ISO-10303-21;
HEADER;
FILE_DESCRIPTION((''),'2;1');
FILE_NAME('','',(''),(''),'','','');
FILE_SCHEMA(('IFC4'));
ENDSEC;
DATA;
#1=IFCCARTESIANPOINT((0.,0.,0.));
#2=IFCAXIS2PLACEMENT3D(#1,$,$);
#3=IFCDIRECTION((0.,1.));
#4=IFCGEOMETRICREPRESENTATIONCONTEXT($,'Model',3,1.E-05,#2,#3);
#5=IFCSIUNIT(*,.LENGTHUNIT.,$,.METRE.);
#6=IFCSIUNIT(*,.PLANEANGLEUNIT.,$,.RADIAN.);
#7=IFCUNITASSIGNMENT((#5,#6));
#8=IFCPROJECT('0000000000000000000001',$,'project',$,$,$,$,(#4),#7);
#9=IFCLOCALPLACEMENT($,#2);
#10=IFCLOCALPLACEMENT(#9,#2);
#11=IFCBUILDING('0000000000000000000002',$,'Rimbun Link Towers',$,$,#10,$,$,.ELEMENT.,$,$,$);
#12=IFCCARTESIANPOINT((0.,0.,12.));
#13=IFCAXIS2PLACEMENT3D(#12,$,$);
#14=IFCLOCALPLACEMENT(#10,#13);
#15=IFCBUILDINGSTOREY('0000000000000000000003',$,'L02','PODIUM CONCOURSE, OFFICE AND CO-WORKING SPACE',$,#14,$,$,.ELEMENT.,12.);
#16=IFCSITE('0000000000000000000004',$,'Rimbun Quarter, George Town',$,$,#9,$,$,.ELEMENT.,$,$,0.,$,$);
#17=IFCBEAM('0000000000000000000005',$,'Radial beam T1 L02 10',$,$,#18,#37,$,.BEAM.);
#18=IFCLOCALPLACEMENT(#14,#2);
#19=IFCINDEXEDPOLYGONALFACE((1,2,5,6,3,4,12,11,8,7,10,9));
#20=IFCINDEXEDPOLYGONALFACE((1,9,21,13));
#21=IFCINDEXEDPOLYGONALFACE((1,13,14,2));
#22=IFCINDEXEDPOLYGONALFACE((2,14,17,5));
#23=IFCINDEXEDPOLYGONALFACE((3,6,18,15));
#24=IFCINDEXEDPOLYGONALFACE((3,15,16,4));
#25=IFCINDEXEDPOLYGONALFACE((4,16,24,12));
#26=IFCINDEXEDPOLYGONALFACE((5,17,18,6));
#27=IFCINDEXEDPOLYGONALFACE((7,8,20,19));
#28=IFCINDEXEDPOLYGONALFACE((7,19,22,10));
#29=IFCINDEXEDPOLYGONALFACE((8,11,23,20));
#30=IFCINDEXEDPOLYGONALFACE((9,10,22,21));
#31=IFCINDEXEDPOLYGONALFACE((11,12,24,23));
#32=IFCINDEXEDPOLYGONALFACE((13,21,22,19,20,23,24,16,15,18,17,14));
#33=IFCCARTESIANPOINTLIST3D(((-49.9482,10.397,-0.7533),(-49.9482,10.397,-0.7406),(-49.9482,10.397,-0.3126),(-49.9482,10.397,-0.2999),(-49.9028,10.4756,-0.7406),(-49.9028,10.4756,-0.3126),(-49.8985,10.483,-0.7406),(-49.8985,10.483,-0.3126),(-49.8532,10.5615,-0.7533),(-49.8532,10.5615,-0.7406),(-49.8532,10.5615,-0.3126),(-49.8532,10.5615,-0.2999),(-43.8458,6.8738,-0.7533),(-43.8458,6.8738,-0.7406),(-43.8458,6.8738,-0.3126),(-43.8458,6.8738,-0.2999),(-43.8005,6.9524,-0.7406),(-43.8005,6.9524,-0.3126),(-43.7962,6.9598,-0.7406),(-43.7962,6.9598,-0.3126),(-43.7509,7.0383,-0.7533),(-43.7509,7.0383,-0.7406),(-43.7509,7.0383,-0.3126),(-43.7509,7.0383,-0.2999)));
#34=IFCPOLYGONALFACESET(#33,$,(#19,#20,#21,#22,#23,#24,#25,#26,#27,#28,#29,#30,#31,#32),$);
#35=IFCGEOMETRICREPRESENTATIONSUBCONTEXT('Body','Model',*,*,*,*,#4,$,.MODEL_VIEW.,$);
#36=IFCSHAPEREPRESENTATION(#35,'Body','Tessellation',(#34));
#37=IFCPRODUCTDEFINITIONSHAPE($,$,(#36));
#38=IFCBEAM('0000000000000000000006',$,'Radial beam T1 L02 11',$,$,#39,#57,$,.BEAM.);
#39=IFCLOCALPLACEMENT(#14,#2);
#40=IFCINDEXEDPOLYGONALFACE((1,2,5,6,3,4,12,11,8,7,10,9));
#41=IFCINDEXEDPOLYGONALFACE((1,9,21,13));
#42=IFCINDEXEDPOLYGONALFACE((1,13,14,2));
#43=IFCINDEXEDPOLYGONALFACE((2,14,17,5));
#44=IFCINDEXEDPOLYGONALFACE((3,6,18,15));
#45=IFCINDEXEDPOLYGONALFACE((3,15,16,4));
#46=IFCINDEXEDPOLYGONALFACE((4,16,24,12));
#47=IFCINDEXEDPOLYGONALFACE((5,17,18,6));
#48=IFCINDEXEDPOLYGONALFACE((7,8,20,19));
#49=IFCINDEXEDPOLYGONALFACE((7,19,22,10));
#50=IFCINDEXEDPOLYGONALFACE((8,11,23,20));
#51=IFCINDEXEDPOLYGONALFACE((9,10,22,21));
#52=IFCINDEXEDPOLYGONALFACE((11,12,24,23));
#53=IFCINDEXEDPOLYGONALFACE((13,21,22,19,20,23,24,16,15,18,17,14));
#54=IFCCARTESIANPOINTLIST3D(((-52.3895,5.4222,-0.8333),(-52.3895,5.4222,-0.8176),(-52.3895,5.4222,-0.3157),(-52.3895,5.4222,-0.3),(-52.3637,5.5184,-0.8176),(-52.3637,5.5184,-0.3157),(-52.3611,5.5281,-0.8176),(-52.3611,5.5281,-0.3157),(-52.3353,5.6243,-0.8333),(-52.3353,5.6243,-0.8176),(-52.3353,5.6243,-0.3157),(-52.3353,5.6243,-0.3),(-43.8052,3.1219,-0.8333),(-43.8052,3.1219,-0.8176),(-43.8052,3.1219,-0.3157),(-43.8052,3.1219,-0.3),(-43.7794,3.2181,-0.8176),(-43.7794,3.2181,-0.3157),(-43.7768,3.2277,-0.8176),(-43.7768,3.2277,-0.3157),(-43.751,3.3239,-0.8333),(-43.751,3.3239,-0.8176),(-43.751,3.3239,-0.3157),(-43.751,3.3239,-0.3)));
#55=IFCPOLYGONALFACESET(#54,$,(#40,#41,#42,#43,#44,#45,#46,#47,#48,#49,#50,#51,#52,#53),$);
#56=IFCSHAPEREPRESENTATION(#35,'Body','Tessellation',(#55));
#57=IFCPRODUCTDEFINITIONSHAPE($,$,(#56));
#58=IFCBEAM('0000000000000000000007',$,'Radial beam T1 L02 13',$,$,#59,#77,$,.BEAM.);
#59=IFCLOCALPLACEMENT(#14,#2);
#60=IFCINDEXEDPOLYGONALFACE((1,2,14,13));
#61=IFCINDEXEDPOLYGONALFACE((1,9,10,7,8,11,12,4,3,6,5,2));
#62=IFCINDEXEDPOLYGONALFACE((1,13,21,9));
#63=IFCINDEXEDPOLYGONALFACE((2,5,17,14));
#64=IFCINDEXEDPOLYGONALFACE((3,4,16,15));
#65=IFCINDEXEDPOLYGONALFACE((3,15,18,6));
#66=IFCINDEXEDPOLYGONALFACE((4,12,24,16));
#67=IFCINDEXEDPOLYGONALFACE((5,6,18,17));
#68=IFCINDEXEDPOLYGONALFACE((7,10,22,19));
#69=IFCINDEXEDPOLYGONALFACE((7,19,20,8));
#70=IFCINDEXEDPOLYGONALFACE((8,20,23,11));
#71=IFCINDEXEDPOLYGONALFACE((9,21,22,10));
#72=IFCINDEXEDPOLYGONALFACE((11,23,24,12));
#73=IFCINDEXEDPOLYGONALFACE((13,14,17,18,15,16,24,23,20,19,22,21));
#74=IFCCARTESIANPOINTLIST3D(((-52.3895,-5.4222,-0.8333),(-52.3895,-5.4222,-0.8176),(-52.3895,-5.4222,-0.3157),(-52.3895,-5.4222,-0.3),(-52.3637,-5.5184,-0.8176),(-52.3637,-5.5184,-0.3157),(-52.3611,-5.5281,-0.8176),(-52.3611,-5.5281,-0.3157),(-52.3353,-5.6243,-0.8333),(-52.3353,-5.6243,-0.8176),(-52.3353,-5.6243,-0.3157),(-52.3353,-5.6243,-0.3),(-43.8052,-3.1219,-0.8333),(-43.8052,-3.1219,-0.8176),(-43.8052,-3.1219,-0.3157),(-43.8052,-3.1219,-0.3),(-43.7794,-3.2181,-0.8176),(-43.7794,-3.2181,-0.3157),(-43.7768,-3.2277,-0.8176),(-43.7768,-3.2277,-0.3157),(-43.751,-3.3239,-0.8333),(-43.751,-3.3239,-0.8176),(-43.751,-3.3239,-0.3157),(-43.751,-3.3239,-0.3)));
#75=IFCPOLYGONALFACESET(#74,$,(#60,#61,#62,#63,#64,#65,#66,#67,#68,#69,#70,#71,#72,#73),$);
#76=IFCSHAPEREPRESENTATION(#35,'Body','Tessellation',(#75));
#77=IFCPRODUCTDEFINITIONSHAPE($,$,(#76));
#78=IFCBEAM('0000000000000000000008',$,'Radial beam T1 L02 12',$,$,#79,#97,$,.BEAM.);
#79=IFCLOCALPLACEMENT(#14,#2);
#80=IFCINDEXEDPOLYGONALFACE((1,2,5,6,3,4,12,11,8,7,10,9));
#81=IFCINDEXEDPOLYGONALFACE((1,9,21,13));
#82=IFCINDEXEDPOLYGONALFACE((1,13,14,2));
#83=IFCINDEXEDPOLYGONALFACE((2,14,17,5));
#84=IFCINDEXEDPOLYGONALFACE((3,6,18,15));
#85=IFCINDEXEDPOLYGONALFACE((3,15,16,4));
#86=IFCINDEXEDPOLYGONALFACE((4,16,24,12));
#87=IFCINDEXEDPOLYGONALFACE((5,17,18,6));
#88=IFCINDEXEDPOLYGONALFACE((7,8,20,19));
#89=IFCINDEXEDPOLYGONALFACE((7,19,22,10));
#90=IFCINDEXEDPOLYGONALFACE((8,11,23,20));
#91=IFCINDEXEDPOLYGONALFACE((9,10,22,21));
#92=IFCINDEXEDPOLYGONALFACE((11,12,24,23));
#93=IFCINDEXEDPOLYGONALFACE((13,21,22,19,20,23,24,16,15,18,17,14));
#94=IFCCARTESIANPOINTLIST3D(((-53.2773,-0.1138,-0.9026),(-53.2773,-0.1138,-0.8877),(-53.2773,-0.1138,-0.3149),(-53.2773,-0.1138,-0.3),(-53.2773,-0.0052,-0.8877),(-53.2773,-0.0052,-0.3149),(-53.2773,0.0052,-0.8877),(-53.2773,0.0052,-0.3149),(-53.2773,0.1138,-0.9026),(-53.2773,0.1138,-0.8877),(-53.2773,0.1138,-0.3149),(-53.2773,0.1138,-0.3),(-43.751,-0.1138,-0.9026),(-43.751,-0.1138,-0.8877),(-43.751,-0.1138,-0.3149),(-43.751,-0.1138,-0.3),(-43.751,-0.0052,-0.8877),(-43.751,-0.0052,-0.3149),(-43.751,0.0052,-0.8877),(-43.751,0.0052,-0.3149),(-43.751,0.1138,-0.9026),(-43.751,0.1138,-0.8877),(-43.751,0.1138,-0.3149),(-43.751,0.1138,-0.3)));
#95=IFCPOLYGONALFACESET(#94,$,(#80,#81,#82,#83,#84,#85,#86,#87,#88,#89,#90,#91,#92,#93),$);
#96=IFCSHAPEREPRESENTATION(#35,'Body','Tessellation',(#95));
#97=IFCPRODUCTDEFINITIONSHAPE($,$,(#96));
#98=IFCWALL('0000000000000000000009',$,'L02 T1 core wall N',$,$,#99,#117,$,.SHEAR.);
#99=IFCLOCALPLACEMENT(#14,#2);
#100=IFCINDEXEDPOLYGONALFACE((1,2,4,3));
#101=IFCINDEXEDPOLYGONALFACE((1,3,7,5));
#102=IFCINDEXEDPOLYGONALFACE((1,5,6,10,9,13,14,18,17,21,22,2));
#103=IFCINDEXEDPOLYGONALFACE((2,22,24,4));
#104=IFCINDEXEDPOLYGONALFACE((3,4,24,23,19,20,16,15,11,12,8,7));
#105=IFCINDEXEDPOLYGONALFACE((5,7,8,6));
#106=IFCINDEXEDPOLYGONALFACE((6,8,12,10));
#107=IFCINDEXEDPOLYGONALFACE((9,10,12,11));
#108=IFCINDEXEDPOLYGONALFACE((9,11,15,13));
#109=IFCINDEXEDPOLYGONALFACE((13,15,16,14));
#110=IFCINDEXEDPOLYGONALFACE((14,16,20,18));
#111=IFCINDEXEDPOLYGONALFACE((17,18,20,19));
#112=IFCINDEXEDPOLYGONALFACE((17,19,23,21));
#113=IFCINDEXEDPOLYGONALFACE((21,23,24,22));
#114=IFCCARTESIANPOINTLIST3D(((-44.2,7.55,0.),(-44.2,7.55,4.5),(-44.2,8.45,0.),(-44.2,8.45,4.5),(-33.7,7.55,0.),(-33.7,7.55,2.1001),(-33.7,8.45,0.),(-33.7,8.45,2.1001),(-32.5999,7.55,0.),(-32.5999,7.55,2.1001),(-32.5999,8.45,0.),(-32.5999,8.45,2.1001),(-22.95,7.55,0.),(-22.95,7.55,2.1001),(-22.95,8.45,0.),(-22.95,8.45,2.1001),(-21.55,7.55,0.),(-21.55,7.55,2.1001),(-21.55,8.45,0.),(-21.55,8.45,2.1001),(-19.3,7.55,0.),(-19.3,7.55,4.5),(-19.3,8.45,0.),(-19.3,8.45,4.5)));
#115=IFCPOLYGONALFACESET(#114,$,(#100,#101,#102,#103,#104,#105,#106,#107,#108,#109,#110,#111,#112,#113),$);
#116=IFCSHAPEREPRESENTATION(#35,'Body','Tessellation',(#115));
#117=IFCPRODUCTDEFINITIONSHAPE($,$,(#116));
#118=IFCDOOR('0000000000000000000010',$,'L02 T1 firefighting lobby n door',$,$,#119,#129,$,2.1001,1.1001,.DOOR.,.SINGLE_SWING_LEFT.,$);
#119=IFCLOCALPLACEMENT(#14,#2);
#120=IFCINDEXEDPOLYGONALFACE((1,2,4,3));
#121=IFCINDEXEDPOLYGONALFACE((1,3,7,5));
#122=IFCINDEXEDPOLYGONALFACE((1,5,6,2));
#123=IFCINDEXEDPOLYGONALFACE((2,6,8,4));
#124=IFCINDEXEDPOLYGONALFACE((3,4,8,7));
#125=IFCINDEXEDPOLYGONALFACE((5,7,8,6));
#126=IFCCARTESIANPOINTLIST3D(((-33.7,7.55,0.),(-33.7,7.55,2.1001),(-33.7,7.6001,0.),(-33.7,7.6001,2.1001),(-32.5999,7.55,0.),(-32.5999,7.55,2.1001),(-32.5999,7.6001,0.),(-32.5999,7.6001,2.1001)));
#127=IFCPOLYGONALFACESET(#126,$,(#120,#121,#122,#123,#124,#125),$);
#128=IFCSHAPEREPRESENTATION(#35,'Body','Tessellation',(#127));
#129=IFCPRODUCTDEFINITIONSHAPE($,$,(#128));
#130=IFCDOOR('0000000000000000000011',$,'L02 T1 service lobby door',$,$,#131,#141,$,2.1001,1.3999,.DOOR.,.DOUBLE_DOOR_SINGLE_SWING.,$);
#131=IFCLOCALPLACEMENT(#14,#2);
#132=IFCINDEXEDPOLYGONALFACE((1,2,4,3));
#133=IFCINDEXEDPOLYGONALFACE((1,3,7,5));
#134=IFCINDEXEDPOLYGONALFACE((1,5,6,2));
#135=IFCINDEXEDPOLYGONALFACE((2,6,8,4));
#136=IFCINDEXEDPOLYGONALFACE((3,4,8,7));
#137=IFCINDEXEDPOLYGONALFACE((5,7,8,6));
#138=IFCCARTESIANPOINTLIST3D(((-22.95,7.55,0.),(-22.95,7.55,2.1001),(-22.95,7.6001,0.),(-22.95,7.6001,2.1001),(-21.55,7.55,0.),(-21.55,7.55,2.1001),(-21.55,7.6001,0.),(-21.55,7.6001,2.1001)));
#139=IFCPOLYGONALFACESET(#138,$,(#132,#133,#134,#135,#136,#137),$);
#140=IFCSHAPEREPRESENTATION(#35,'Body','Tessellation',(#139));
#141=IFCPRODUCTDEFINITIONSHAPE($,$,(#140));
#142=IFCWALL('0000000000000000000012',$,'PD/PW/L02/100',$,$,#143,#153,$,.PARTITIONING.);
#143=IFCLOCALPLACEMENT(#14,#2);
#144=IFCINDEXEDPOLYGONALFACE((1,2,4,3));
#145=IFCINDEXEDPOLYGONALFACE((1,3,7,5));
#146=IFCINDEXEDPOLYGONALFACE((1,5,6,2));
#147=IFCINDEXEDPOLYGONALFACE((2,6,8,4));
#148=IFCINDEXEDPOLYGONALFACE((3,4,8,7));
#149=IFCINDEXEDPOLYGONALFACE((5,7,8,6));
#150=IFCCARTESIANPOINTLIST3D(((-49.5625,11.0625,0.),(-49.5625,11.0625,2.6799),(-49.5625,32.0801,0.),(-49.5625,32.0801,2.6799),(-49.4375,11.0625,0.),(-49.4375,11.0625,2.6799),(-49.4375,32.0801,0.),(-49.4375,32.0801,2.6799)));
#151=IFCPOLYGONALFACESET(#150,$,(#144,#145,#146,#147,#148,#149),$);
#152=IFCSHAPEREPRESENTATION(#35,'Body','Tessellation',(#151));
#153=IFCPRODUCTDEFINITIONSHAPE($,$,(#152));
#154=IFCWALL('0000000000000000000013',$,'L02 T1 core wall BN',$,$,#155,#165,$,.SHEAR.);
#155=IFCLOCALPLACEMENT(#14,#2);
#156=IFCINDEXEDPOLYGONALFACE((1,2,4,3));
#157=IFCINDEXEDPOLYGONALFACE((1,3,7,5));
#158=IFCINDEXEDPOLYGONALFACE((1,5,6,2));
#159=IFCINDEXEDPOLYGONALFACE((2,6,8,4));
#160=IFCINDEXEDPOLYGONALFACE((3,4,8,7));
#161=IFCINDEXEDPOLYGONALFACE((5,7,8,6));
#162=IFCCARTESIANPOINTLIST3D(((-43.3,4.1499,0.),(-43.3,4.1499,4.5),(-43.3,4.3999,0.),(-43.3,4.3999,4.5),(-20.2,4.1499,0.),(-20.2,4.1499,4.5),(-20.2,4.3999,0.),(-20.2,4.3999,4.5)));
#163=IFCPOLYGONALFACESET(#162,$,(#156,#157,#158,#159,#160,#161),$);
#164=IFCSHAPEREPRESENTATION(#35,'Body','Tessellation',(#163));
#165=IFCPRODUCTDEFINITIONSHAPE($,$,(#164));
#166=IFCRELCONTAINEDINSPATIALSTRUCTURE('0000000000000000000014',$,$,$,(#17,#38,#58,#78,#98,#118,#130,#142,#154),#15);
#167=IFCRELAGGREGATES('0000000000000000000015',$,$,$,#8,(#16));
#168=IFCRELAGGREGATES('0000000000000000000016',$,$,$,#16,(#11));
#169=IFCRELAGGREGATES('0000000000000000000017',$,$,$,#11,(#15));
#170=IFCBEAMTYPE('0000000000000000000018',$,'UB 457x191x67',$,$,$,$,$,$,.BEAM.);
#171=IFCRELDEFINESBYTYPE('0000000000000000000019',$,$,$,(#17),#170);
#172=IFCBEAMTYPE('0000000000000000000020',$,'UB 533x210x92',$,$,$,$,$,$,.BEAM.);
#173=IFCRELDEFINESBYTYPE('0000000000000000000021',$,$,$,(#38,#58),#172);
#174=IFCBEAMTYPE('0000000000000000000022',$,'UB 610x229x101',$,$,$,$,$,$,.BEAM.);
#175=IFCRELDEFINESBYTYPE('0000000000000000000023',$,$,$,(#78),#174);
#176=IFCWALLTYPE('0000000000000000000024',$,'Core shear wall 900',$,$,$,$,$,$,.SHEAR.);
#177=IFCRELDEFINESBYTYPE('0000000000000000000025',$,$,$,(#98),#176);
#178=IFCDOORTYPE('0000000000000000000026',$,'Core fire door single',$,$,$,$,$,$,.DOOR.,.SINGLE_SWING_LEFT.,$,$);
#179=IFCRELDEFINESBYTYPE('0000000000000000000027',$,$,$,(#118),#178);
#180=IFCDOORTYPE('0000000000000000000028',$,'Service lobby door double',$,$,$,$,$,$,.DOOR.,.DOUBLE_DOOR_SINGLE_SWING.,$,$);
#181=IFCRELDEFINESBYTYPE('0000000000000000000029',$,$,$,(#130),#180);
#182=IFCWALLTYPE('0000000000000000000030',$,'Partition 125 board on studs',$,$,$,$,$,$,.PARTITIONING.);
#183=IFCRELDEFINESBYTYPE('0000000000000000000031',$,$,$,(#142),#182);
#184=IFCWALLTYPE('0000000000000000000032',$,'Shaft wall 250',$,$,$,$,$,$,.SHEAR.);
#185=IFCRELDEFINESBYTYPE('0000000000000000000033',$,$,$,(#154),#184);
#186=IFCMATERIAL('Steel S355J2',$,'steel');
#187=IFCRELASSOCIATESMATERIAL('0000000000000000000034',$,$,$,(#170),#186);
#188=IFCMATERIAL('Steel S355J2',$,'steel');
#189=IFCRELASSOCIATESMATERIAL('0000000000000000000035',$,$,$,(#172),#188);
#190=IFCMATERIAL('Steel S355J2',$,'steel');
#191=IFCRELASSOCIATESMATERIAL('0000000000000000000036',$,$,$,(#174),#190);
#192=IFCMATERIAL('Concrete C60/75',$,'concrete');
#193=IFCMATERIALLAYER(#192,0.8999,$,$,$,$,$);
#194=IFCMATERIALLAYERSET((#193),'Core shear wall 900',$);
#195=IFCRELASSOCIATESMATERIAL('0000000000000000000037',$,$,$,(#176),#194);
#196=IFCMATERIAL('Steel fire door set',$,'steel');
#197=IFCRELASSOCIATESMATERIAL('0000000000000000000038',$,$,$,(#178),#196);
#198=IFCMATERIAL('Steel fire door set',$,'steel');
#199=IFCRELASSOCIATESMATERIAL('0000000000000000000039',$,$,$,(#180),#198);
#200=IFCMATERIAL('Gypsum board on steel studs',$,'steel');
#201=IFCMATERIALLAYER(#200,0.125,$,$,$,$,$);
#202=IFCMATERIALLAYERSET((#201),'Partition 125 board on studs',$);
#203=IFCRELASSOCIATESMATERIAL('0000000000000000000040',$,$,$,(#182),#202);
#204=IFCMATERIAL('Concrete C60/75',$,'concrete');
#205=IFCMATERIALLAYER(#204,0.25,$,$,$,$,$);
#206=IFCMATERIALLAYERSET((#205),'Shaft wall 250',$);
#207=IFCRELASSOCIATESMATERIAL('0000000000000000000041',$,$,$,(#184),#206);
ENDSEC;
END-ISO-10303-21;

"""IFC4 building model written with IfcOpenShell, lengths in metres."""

from ifc_helpers import new_model, si_unit, direction, frame, frame_2d, origin, origin_2d, place, context, subcontext, project, spatial, rectangle, i_section, extrude, material, layer, layer_set, material_profile, profile_set, type_object, element, fill, save


model = new_model("IFC4")

# Units and contexts
model_context = context("Model", 3, precision=1e-05, world=origin(), true_north=direction((0.0, 1.0)))
body_context = subcontext(model_context, "Body", "Model", "MODEL_VIEW")
ifc_project = project(units=[si_unit("LENGTHUNIT", "METRE"), si_unit("PLANEANGLEUNIT", "RADIAN")], contexts=[model_context])

# Site, building, storey
site_placement = place(None, origin())
site = spatial("IfcSite", under=ifc_project, at=site_placement, Name="Rimbun Quarter, George Town", CompositionType="ELEMENT", RefElevation=0.0)
building_placement = place(site_placement, origin())
building = spatial("IfcBuilding", under=site, at=building_placement, Name="Rimbun Link Towers", CompositionType="ELEMENT")
storey_placement = place(building_placement, frame((0.0, 0.0, 12.0)))
storey = spatial("IfcBuildingStorey", under=building, at=storey_placement, Name="L02", Description="PODIUM CONCOURSE, OFFICE AND CO-WORKING SPACE", CompositionType="ELEMENT", Elevation=12.0)

# Beams
ifc_material_1 = material(Name="Steel S355J2", Category="steel")
ifc_material_profile_1 = material_profile(ifc_material_1, i_section(OverallWidth=0.1899, OverallDepth=0.4534, WebThickness=0.0085, FlangeThickness=0.0127, at=origin_2d()), Name="UB 457x191x67")
ifc_profile_set_1 = profile_set([ifc_material_profile_1], Name="Steel S355J2")
beam_type_1 = type_object("IfcBeamType", Name="UB 457x191x67", PredefinedType="BEAM", material=ifc_profile_set_1)
beam_1_placement = place(storey_placement, frame((-43.7983, 6.9561, -0.5266), z_axis=(-0.866023, 0.500003, 0.0), x_axis=(-0.500003, -0.866023, 0.0)))
element("IfcBeam", 1, at=beam_1_placement, inside=storey, type_object=beam_type_1, Name="Radial beam T1 L02 10", PredefinedType="BEAM", context=body_context, shape_type="SweptSolid", body=[
    extrude(i_section(OverallWidth=0.1899, OverallDepth=0.4534, WebThickness=0.0085, FlangeThickness=0.0127, at=origin_2d()), origin(), (0.0, 0.0, 1.0), 7.0464),
])
ifc_material_2 = material(Name="Steel S355J2", Category="steel")
ifc_material_profile_2 = material_profile(ifc_material_2, i_section(OverallWidth=0.2092, OverallDepth=0.5332, WebThickness=0.01, FlangeThickness=0.0156, at=origin_2d()), Name="UB 533x210x92")
ifc_profile_set_2 = profile_set([ifc_material_profile_2], Name="Steel S355J2")
beam_type_2 = type_object("IfcBeamType", Name="UB 533x210x92", PredefinedType="BEAM", material=ifc_profile_set_2)
for number, where, z_axis, x_axis, name in (
    (2, (-43.7781, 3.2229, -0.5667), (-0.965921, 0.258835, 0.0), (-0.258835, -0.965921, 0.0), "Radial beam T1 L02 11"),
    (3, (-43.7781, -3.2229, -0.5667), (-0.965921, -0.258835, 0.0), (0.258835, -0.965921, 0.0), "Radial beam T1 L02 13"),
):
    element("IfcBeam", number, at=place(storey_placement, frame(where, z_axis=z_axis, x_axis=x_axis)), inside=storey, type_object=beam_type_2, Name=name, PredefinedType="BEAM", context=body_context, shape_type="SweptSolid", body=[
        extrude(i_section(OverallWidth=0.2092, OverallDepth=0.5332, WebThickness=0.01, FlangeThickness=0.0156, at=origin_2d()), origin(), (0.0, 0.0, 1.0), 8.8872),
    ])
ifc_material_3 = material(Name="Steel S355J2", Category="steel")
ifc_material_profile_3 = material_profile(ifc_material_3, i_section(OverallWidth=0.2275, OverallDepth=0.6025, WebThickness=0.0105, FlangeThickness=0.0149, at=origin_2d()), Name="UB 610x229x101")
ifc_profile_set_3 = profile_set([ifc_material_profile_3], Name="Steel S355J2")
beam_type_3 = type_object("IfcBeamType", Name="UB 610x229x101", PredefinedType="BEAM", material=ifc_profile_set_3)
beam_2_placement = place(storey_placement, frame((-43.751, 0.0, -0.6013), z_axis=(-1.0, 0.0, 0.0), x_axis=(0.0, -1.0, 0.0)))
element("IfcBeam", 4, at=beam_2_placement, inside=storey, type_object=beam_type_3, Name="Radial beam T1 L02 12", PredefinedType="BEAM", context=body_context, shape_type="SweptSolid", body=[
    extrude(i_section(OverallWidth=0.2275, OverallDepth=0.6025, WebThickness=0.0105, FlangeThickness=0.0149, at=origin_2d()), origin(), (0.0, 0.0, 1.0), 9.5264),
])

# Wall, openings, doors
ifc_material_4 = material(Name="Concrete C60/75", Category="concrete")
ifc_layer_1 = layer(ifc_material_4, 0.8999)
ifc_layer_set_1 = layer_set([ifc_layer_1], Name="Core shear wall 900")
wall_type_1 = type_object("IfcWallType", Name="Core shear wall 900", PredefinedType="SHEAR", material=ifc_layer_set_1)
wall_1_placement = place(storey_placement, frame((-44.2, 8.0, 0.0), z_axis=(0.0, 0.0, 1.0), x_axis=(1.0, 0.0, 0.0)))
wall_1 = element("IfcWall", 5, at=wall_1_placement, inside=storey, type_object=wall_type_1, Name="L02 T1 core wall N", PredefinedType="SHEAR", context=body_context, shape_type="SweptSolid", body=[
    extrude(rectangle(XDim=24.8999, YDim=0.8999, at=frame_2d((12.45, 0.0))), origin(), (0.0, 0.0, 1.0), 4.5),
])
opening_1_placement = place(wall_1_placement, frame((10.5, 0.0, 0.0)))
opening_1 = element("IfcOpeningElement", 6, at=opening_1_placement, cuts=wall_1, PredefinedType="OPENING", context=body_context, shape_type="SweptSolid", body=[
    extrude(rectangle(XDim=1.1001, YDim=2.1001, at=frame_2d((0.55, 1.05))), frame((0.0, 0.46, 0.0), z_axis=(0.0, -1.0, 0.0), x_axis=(1.0, 0.0, 0.0)), (0.0, 0.0, 1.0), 0.9199),
])
opening_2_placement = place(wall_1_placement, frame((21.25, 0.0, 0.0)))
opening_2 = element("IfcOpeningElement", 7, at=opening_2_placement, cuts=wall_1, PredefinedType="OPENING", context=body_context, shape_type="SweptSolid", body=[
    extrude(rectangle(XDim=1.3999, YDim=2.1001, at=frame_2d((0.7, 1.05))), frame((0.0, 0.46, 0.0), z_axis=(0.0, -1.0, 0.0), x_axis=(1.0, 0.0, 0.0)), (0.0, 0.0, 1.0), 0.9199),
])
ifc_material_5 = material(Name="Steel fire door set", Category="steel")
door_type_1 = type_object("IfcDoorType", Name="Core fire door single", OperationType="SINGLE_SWING_LEFT", PredefinedType="DOOR", material=ifc_material_5)
door_1_placement = place(opening_1_placement, origin())
door_1 = element("IfcDoor", 8, at=door_1_placement, inside=storey, type_object=door_type_1, Name="L02 T1 firefighting lobby n door", OperationType="SINGLE_SWING_LEFT", OverallHeight=2.1001, OverallWidth=1.1001, PredefinedType="DOOR", context=body_context, shape_type="SweptSolid", body=[
    extrude(rectangle(XDim=1.1001, YDim=2.1001, at=frame_2d((0.55, 1.05))), frame((0.0, -0.3999, 0.0), z_axis=(0.0, -1.0, 0.0), x_axis=(1.0, 0.0, 0.0)), (0.0, 0.0, 1.0), 0.05),
])
fill(opening_1, door_1)
ifc_material_6 = material(Name="Steel fire door set", Category="steel")
door_type_2 = type_object("IfcDoorType", Name="Service lobby door double", OperationType="DOUBLE_DOOR_SINGLE_SWING", PredefinedType="DOOR", material=ifc_material_6)
door_2_placement = place(opening_2_placement, origin())
door_2 = element("IfcDoor", 9, at=door_2_placement, inside=storey, type_object=door_type_2, Name="L02 T1 service lobby door", OperationType="DOUBLE_DOOR_SINGLE_SWING", OverallHeight=2.1001, OverallWidth=1.3999, PredefinedType="DOOR", context=body_context, shape_type="SweptSolid", body=[
    extrude(rectangle(XDim=1.3999, YDim=2.1001, at=frame_2d((0.7, 1.05))), frame((0.0, -0.3999, 0.0), z_axis=(0.0, -1.0, 0.0), x_axis=(1.0, 0.0, 0.0)), (0.0, 0.0, 1.0), 0.05),
])
fill(opening_2, door_2)

# Walls
ifc_material_7 = material(Name="Gypsum board on steel studs", Category="steel")
ifc_layer_2 = layer(ifc_material_7, 0.125)
ifc_layer_set_2 = layer_set([ifc_layer_2], Name="Partition 125 board on studs")
wall_type_2 = type_object("IfcWallType", Name="Partition 125 board on studs", PredefinedType="PARTITIONING", material=ifc_layer_set_2)
wall_2_placement = place(storey_placement, frame((-49.5, 11.0625, 0.0), z_axis=(0.0, 0.0, 1.0), x_axis=(0.0, 1.0, 0.0)))
element("IfcWall", 10, at=wall_2_placement, inside=storey, type_object=wall_type_2, Name="PD/PW/L02/100", PredefinedType="PARTITIONING", context=body_context, shape_type="SweptSolid", body=[
    extrude(rectangle(XDim=21.0176, YDim=0.125, at=frame_2d((10.5088, 0.0))), origin(), (0.0, 0.0, 1.0), 2.6799),
])
ifc_material_8 = material(Name="Concrete C60/75", Category="concrete")
ifc_layer_3 = layer(ifc_material_8, 0.25)
ifc_layer_set_3 = layer_set([ifc_layer_3], Name="Shaft wall 250")
wall_type_3 = type_object("IfcWallType", Name="Shaft wall 250", PredefinedType="SHEAR", material=ifc_layer_set_3)
wall_3_placement = place(storey_placement, frame((-43.3, 4.2749, 0.0), z_axis=(0.0, 0.0, 1.0), x_axis=(1.0, 0.0, 0.0)))
element("IfcWall", 11, at=wall_3_placement, inside=storey, type_object=wall_type_3, Name="L02 T1 core wall BN", PredefinedType="SHEAR", context=body_context, shape_type="SweptSolid", body=[
    extrude(rectangle(XDim=23.1001, YDim=0.25, at=frame_2d((11.55, 0.0))), origin(), (0.0, 0.0, 1.0), 4.5),
])

save(model, "model.ifc")
